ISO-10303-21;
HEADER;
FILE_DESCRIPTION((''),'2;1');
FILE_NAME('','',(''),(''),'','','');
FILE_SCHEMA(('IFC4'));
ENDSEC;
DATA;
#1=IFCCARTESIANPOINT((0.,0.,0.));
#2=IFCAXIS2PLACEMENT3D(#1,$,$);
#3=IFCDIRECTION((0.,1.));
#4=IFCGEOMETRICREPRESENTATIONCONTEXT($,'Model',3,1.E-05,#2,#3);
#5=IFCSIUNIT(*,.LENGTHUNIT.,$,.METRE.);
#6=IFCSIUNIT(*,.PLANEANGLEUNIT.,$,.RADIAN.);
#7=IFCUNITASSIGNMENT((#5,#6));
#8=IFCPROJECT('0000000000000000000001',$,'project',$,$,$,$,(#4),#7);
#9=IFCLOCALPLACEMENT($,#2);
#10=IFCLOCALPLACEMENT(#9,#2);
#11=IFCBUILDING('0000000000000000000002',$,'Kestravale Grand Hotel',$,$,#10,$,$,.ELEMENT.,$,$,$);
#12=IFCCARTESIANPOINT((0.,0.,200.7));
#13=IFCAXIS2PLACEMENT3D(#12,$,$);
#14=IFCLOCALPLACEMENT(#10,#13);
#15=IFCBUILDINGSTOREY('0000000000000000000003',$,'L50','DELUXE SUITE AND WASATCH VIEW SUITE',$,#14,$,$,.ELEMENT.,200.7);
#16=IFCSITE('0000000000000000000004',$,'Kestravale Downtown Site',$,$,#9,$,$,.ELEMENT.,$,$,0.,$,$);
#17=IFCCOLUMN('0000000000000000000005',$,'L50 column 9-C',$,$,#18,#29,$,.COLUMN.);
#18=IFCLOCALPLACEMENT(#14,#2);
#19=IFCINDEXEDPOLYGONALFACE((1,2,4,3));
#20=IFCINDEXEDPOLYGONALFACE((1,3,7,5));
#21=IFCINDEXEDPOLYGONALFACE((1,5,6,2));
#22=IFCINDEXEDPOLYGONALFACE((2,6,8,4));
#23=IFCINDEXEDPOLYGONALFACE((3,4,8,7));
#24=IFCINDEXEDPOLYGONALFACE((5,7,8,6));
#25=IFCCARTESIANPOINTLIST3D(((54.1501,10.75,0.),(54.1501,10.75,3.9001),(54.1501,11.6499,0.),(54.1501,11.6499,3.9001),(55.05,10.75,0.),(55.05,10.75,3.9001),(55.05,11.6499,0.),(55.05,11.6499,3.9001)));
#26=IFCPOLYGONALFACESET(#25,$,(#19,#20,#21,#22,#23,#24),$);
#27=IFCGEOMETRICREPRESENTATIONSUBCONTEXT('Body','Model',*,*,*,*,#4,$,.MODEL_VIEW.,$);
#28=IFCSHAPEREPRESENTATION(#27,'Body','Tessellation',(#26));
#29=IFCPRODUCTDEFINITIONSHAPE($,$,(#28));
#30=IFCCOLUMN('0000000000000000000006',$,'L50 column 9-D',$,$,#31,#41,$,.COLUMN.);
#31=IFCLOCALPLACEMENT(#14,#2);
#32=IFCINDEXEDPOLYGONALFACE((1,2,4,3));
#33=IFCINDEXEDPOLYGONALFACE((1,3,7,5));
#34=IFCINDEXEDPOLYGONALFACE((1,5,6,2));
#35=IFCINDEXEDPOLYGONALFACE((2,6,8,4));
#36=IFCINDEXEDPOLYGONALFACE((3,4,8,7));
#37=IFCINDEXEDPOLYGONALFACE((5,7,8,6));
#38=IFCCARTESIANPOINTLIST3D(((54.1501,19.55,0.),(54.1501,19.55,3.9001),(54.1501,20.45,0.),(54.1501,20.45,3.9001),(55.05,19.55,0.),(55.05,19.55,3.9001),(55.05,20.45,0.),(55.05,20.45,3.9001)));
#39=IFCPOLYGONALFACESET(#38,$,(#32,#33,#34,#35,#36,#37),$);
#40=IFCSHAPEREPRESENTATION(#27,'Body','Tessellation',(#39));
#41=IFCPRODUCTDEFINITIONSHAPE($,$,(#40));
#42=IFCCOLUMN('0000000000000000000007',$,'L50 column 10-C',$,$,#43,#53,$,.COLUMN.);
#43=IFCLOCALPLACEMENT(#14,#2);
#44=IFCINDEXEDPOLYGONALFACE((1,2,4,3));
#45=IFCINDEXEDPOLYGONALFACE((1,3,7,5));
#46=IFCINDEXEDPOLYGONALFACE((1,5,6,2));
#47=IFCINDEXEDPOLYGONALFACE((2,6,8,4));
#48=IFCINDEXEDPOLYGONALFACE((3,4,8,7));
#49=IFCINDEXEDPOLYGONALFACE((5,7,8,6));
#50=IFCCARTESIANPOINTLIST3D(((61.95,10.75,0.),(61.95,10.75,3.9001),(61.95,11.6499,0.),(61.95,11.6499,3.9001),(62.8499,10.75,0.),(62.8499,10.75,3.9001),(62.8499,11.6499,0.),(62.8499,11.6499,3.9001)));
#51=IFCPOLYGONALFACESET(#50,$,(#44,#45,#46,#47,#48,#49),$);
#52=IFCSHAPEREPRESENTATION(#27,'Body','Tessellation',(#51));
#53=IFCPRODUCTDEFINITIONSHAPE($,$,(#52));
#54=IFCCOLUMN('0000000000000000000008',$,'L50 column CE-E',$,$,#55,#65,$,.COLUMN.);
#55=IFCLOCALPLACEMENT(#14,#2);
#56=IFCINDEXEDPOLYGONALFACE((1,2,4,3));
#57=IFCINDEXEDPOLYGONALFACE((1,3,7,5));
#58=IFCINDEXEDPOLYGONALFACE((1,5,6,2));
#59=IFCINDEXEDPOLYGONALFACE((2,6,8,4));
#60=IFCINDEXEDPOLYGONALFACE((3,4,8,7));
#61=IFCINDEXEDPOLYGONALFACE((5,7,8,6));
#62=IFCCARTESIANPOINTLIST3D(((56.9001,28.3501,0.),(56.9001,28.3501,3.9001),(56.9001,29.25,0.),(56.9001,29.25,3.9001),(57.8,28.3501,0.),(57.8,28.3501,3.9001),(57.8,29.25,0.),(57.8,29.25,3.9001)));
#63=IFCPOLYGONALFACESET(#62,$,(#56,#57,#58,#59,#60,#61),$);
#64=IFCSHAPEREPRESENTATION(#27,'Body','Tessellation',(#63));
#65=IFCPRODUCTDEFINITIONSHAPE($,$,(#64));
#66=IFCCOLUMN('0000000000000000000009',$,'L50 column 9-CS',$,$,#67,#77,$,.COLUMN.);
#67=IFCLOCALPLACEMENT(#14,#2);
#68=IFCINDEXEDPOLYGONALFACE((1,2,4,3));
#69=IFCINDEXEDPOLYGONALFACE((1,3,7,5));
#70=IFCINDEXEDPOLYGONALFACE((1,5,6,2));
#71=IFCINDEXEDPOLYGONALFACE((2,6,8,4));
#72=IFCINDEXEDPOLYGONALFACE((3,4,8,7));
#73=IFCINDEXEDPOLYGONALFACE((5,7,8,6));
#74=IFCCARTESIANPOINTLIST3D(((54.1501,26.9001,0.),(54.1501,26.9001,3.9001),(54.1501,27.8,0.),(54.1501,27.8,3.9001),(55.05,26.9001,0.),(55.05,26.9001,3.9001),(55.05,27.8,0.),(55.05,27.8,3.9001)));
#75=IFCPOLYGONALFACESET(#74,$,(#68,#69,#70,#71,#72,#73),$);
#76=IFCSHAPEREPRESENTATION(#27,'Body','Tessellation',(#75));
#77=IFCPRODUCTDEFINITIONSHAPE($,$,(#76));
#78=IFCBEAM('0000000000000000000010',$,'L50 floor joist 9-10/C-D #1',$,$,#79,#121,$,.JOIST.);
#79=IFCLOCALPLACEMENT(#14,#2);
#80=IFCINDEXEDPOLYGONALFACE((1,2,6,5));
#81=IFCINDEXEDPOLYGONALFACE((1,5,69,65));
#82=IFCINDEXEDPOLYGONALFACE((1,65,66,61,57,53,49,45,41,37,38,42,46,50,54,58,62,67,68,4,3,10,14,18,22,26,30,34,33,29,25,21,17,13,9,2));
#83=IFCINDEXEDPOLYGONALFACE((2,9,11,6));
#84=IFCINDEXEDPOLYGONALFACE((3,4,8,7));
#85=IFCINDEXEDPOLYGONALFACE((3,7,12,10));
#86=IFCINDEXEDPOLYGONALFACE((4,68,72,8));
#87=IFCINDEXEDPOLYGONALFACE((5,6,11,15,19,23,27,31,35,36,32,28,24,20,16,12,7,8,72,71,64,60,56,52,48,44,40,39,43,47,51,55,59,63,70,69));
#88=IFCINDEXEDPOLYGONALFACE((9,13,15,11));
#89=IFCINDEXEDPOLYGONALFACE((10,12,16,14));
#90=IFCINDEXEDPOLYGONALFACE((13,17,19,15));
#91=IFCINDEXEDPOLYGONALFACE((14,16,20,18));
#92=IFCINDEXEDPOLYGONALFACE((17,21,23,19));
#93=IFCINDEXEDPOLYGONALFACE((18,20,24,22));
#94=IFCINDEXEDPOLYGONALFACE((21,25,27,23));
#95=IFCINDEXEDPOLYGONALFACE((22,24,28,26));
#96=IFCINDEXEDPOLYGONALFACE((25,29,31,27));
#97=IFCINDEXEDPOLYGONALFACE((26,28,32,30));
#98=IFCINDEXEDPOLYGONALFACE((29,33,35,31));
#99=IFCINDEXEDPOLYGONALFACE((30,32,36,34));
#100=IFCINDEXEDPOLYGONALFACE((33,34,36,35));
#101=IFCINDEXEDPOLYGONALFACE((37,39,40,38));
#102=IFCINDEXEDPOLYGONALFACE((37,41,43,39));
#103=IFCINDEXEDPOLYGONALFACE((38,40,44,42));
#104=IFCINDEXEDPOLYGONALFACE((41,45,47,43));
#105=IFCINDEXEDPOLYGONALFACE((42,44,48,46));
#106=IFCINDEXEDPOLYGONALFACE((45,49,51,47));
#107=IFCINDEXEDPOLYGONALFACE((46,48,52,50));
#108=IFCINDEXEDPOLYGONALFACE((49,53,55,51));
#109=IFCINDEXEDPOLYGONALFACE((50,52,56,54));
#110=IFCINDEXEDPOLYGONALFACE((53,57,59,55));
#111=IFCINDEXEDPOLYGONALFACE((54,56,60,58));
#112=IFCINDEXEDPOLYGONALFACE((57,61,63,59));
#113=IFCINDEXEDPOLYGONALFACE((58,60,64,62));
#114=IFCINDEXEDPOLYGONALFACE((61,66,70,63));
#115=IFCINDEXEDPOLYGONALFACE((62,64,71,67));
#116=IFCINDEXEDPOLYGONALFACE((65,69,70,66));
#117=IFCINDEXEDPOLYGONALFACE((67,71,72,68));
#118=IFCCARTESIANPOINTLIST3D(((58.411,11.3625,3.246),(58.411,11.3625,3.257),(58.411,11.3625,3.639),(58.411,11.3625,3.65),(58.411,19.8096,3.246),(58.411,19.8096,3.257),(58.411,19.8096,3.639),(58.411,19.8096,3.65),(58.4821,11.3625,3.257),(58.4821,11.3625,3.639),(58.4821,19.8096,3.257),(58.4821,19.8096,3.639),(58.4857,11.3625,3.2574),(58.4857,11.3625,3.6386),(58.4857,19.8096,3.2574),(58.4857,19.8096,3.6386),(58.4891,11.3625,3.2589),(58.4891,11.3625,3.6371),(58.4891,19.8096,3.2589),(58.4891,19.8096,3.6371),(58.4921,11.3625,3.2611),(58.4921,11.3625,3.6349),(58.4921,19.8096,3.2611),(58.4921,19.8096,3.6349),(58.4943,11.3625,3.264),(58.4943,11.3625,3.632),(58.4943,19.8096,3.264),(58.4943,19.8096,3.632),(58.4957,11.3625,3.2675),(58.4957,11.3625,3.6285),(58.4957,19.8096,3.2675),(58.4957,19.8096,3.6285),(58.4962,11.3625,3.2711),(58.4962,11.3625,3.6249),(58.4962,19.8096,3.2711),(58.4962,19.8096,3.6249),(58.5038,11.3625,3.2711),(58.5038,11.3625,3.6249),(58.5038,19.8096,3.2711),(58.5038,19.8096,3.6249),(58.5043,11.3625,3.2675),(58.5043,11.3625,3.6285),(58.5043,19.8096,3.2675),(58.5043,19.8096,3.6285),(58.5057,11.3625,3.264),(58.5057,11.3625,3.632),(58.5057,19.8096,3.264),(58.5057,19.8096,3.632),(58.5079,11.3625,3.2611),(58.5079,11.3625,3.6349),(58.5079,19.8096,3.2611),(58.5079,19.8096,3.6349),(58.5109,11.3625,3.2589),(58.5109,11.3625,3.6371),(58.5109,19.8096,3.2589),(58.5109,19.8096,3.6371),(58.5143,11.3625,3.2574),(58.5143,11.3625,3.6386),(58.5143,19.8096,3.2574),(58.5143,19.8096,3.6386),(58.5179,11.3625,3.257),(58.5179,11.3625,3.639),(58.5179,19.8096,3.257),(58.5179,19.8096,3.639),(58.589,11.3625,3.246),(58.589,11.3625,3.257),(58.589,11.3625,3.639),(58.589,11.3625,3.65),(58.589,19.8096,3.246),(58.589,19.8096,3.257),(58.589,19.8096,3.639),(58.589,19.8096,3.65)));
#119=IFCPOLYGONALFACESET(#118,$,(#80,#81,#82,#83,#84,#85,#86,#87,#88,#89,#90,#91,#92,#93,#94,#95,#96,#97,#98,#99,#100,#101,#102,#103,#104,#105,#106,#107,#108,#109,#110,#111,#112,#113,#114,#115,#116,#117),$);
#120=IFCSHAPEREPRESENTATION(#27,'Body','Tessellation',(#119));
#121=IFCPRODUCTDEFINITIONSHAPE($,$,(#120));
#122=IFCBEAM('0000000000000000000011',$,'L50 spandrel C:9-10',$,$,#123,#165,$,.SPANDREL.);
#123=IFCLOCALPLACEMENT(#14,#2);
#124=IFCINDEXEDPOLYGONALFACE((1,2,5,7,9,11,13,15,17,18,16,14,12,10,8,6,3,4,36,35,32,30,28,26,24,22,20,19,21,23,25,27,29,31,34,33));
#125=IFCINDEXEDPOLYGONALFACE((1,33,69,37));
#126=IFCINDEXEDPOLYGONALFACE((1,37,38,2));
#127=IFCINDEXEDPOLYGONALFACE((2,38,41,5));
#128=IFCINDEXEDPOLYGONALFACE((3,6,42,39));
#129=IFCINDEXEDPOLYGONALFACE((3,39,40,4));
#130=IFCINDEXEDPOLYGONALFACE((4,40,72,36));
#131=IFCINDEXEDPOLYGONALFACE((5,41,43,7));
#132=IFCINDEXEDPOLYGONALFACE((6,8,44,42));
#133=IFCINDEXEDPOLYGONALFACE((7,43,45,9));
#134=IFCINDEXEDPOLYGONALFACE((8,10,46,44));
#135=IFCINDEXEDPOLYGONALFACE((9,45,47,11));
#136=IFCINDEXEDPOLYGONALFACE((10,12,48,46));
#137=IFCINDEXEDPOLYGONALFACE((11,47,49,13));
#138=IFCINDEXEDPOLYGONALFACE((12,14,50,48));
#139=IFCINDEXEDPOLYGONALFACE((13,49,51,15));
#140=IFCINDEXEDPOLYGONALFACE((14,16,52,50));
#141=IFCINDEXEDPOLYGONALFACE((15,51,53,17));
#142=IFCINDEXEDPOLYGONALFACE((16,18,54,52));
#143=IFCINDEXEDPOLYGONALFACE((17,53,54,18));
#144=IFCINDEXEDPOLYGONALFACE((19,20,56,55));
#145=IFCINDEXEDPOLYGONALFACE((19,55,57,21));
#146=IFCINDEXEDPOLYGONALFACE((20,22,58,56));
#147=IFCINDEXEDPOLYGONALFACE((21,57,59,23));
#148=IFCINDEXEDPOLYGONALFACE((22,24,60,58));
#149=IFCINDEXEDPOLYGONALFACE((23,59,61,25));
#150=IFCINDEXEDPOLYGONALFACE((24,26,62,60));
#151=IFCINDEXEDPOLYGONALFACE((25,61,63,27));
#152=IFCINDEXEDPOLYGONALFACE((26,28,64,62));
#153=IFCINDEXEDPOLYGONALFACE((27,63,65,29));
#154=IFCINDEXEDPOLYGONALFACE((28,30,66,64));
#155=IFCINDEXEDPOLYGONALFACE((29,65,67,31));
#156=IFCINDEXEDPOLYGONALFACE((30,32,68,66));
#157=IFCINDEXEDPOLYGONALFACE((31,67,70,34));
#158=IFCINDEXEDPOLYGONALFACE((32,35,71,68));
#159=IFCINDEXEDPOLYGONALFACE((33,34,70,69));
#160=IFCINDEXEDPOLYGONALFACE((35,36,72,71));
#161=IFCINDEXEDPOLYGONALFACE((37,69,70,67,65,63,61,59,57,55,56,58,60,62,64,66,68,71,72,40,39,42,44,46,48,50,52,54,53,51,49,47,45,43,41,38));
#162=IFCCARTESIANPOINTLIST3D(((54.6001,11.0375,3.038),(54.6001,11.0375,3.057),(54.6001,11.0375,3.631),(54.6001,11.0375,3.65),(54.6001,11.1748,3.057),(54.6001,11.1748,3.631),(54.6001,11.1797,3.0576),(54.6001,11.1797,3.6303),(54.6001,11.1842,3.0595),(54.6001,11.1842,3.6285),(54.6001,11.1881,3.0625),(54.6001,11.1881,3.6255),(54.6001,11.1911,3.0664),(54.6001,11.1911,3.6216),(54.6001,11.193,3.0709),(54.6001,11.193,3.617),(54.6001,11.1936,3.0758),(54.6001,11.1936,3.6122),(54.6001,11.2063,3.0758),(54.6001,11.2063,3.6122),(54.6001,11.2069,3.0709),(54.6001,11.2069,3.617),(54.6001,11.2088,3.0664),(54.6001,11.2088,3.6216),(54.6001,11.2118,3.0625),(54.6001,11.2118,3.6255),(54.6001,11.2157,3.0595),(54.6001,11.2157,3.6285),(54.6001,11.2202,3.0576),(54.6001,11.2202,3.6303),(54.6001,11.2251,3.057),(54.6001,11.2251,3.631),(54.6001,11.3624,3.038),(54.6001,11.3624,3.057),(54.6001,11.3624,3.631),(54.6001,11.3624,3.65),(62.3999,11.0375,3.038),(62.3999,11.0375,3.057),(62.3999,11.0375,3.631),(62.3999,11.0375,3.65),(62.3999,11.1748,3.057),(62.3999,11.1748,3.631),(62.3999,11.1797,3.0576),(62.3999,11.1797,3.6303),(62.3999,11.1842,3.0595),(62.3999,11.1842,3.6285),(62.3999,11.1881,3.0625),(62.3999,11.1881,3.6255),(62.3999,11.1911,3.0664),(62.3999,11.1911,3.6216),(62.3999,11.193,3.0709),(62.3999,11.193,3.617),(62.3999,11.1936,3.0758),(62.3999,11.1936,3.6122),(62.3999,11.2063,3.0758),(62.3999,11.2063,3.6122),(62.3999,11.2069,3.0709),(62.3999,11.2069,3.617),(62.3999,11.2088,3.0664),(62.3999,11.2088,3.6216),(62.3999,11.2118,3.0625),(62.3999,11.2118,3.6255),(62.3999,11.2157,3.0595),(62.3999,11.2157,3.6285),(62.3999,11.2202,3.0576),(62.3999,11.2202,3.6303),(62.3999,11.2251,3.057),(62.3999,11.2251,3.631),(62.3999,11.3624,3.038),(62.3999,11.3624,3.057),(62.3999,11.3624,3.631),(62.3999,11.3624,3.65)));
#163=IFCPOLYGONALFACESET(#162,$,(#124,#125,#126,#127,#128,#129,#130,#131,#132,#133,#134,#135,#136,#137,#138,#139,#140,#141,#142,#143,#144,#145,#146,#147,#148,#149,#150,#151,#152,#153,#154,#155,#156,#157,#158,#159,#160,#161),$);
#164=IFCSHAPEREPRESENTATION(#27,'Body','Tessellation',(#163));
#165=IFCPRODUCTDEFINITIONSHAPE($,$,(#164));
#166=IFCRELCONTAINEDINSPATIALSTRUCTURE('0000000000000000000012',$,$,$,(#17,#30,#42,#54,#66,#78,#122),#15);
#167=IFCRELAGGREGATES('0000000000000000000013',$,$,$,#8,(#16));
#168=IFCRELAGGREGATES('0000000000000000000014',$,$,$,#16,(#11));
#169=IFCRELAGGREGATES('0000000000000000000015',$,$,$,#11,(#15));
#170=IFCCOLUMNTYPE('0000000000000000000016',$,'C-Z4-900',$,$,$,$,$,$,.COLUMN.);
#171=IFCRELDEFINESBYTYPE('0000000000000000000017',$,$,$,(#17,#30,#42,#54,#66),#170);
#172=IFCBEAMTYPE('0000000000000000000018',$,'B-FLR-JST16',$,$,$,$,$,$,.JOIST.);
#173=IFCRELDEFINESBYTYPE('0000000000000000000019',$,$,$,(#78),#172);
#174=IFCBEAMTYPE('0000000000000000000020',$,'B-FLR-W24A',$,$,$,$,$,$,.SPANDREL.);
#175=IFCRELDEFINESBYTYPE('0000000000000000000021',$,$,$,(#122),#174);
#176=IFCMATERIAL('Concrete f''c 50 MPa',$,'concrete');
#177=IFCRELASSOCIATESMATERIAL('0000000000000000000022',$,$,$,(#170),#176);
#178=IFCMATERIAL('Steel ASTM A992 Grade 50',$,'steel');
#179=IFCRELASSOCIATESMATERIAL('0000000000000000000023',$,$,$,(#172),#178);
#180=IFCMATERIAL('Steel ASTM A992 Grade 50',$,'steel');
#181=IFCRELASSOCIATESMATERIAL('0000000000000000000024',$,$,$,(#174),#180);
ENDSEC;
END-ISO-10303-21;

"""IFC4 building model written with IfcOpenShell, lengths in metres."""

from ifc_helpers import new_model, si_unit, direction, frame, origin, origin_2d, place, context, subcontext, project, spatial, rectangle, i_section, extrude, material, material_profile, profile_set, type_object, element, save


model = new_model("IFC4")

# Units and contexts
model_context = context("Model", 3, precision=1e-05, world=origin(), true_north=direction((0.0, 1.0)))
body_context = subcontext(model_context, "Body", "Model", "MODEL_VIEW")
ifc_project = project(units=[si_unit("LENGTHUNIT", "METRE"), si_unit("PLANEANGLEUNIT", "RADIAN")], contexts=[model_context])

# Site, building, storey
site_placement = place(None, origin())
site = spatial("IfcSite", under=ifc_project, at=site_placement, Name="Kestravale Downtown Site", CompositionType="ELEMENT", RefElevation=0.0)
building_placement = place(site_placement, origin())
building = spatial("IfcBuilding", under=site, at=building_placement, Name="Kestravale Grand Hotel", CompositionType="ELEMENT")
storey_placement = place(building_placement, frame((0.0, 0.0, 200.7)))
storey = spatial("IfcBuildingStorey", under=building, at=storey_placement, Name="L50", Description="DELUXE SUITE AND WASATCH VIEW SUITE", CompositionType="ELEMENT", Elevation=200.7)

# Columns
ifc_material_1 = material(Name="Concrete f'c 50 MPa", Category="concrete")
ifc_material_profile_1 = material_profile(ifc_material_1, rectangle(XDim=0.8999, YDim=0.8999, at=origin_2d()))
ifc_profile_set_1 = profile_set([ifc_material_profile_1], Name="Concrete f'c 50 MPa")
column_type = type_object("IfcColumnType", Name="C-Z4-900", PredefinedType="COLUMN", material=ifc_profile_set_1)
for number, where, z_axis, x_axis, name in (
    (1, (54.6001, 11.2, 0.0), (0.0, 0.0, 1.0), (1.0, 0.0, 0.0), "L50 column 9-C"),
    (2, (54.6001, 20.0, 0.0), (0.0, 0.0, 1.0), (1.0, 0.0, 0.0), "L50 column 9-D"),
    (3, (62.3999, 11.2, 0.0), (0.0, 0.0, 1.0), (1.0, 0.0, 0.0), "L50 column 10-C"),
    (4, (57.3501, 28.8, 0.0), (0.0, 0.0, 1.0), (1.0, 0.0, 0.0), "L50 column CE-E"),
    (5, (54.6001, 27.3501, 0.0), (0.0, 0.0, 1.0), (1.0, 0.0, 0.0), "L50 column 9-CS"),
):
    element("IfcColumn", number, at=place(storey_placement, frame(where, z_axis=z_axis, x_axis=x_axis)), inside=storey, type_object=column_type, Name=name, PredefinedType="COLUMN", context=body_context, shape_type="SweptSolid", body=[
        extrude(rectangle(XDim=0.8999, YDim=0.8999, at=origin_2d()), origin(), (0.0, 0.0, 1.0), 3.9001),
    ])

# Beams
ifc_material_2 = material(Name="Steel ASTM A992 Grade 50", Category="steel")
ifc_material_profile_2 = material_profile(ifc_material_2, i_section(OverallWidth=0.178, OverallDepth=0.4041, WebThickness=0.0076, FlangeThickness=0.011, FilletRadius=0.0142, at=origin_2d()))
ifc_profile_set_2 = profile_set([ifc_material_profile_2], Name="Steel ASTM A992 Grade 50")
beam_type_1 = type_object("IfcBeamType", Name="B-FLR-JST16", PredefinedType="JOIST", material=ifc_profile_set_2)
beam_1_placement = place(storey_placement, frame((58.5, 11.3625, 3.448), z_axis=(0.0, 1.0, 0.0), x_axis=(-1.0, 0.0, 0.0)))
element("IfcBeam", 6, at=beam_1_placement, inside=storey, type_object=beam_type_1, Name="L50 floor joist 9-10/C-D #1", PredefinedType="JOIST", context=body_context, shape_type="SweptSolid", body=[
    extrude(i_section(OverallWidth=0.178, OverallDepth=0.4041, WebThickness=0.0076, FlangeThickness=0.011, FilletRadius=0.0142, at=origin_2d()), origin(), (0.0, 0.0, 1.0), 8.447),
])
ifc_material_3 = material(Name="Steel ASTM A992 Grade 50", Category="steel")
ifc_material_profile_3 = material_profile(ifc_material_3, i_section(OverallWidth=0.325, OverallDepth=0.6121, WebThickness=0.0127, FlangeThickness=0.019, FilletRadius=0.0188, at=origin_2d()))
ifc_profile_set_3 = profile_set([ifc_material_profile_3], Name="Steel ASTM A992 Grade 50")
beam_type_2 = type_object("IfcBeamType", Name="B-FLR-W24A", PredefinedType="SPANDREL", material=ifc_profile_set_3)
beam_2_placement = place(storey_placement, frame((54.6001, 11.2, 3.344), z_axis=(1.0, 0.0, 0.0), x_axis=(0.0, 1.0, 0.0)))
element("IfcBeam", 7, at=beam_2_placement, inside=storey, type_object=beam_type_2, Name="L50 spandrel C:9-10", PredefinedType="SPANDREL", context=body_context, shape_type="SweptSolid", body=[
    extrude(i_section(OverallWidth=0.325, OverallDepth=0.6121, WebThickness=0.0127, FlangeThickness=0.019, FilletRadius=0.0188, at=origin_2d()), origin(), (0.0, 0.0, 1.0), 7.7998),
])

save(model, "model.ifc")
